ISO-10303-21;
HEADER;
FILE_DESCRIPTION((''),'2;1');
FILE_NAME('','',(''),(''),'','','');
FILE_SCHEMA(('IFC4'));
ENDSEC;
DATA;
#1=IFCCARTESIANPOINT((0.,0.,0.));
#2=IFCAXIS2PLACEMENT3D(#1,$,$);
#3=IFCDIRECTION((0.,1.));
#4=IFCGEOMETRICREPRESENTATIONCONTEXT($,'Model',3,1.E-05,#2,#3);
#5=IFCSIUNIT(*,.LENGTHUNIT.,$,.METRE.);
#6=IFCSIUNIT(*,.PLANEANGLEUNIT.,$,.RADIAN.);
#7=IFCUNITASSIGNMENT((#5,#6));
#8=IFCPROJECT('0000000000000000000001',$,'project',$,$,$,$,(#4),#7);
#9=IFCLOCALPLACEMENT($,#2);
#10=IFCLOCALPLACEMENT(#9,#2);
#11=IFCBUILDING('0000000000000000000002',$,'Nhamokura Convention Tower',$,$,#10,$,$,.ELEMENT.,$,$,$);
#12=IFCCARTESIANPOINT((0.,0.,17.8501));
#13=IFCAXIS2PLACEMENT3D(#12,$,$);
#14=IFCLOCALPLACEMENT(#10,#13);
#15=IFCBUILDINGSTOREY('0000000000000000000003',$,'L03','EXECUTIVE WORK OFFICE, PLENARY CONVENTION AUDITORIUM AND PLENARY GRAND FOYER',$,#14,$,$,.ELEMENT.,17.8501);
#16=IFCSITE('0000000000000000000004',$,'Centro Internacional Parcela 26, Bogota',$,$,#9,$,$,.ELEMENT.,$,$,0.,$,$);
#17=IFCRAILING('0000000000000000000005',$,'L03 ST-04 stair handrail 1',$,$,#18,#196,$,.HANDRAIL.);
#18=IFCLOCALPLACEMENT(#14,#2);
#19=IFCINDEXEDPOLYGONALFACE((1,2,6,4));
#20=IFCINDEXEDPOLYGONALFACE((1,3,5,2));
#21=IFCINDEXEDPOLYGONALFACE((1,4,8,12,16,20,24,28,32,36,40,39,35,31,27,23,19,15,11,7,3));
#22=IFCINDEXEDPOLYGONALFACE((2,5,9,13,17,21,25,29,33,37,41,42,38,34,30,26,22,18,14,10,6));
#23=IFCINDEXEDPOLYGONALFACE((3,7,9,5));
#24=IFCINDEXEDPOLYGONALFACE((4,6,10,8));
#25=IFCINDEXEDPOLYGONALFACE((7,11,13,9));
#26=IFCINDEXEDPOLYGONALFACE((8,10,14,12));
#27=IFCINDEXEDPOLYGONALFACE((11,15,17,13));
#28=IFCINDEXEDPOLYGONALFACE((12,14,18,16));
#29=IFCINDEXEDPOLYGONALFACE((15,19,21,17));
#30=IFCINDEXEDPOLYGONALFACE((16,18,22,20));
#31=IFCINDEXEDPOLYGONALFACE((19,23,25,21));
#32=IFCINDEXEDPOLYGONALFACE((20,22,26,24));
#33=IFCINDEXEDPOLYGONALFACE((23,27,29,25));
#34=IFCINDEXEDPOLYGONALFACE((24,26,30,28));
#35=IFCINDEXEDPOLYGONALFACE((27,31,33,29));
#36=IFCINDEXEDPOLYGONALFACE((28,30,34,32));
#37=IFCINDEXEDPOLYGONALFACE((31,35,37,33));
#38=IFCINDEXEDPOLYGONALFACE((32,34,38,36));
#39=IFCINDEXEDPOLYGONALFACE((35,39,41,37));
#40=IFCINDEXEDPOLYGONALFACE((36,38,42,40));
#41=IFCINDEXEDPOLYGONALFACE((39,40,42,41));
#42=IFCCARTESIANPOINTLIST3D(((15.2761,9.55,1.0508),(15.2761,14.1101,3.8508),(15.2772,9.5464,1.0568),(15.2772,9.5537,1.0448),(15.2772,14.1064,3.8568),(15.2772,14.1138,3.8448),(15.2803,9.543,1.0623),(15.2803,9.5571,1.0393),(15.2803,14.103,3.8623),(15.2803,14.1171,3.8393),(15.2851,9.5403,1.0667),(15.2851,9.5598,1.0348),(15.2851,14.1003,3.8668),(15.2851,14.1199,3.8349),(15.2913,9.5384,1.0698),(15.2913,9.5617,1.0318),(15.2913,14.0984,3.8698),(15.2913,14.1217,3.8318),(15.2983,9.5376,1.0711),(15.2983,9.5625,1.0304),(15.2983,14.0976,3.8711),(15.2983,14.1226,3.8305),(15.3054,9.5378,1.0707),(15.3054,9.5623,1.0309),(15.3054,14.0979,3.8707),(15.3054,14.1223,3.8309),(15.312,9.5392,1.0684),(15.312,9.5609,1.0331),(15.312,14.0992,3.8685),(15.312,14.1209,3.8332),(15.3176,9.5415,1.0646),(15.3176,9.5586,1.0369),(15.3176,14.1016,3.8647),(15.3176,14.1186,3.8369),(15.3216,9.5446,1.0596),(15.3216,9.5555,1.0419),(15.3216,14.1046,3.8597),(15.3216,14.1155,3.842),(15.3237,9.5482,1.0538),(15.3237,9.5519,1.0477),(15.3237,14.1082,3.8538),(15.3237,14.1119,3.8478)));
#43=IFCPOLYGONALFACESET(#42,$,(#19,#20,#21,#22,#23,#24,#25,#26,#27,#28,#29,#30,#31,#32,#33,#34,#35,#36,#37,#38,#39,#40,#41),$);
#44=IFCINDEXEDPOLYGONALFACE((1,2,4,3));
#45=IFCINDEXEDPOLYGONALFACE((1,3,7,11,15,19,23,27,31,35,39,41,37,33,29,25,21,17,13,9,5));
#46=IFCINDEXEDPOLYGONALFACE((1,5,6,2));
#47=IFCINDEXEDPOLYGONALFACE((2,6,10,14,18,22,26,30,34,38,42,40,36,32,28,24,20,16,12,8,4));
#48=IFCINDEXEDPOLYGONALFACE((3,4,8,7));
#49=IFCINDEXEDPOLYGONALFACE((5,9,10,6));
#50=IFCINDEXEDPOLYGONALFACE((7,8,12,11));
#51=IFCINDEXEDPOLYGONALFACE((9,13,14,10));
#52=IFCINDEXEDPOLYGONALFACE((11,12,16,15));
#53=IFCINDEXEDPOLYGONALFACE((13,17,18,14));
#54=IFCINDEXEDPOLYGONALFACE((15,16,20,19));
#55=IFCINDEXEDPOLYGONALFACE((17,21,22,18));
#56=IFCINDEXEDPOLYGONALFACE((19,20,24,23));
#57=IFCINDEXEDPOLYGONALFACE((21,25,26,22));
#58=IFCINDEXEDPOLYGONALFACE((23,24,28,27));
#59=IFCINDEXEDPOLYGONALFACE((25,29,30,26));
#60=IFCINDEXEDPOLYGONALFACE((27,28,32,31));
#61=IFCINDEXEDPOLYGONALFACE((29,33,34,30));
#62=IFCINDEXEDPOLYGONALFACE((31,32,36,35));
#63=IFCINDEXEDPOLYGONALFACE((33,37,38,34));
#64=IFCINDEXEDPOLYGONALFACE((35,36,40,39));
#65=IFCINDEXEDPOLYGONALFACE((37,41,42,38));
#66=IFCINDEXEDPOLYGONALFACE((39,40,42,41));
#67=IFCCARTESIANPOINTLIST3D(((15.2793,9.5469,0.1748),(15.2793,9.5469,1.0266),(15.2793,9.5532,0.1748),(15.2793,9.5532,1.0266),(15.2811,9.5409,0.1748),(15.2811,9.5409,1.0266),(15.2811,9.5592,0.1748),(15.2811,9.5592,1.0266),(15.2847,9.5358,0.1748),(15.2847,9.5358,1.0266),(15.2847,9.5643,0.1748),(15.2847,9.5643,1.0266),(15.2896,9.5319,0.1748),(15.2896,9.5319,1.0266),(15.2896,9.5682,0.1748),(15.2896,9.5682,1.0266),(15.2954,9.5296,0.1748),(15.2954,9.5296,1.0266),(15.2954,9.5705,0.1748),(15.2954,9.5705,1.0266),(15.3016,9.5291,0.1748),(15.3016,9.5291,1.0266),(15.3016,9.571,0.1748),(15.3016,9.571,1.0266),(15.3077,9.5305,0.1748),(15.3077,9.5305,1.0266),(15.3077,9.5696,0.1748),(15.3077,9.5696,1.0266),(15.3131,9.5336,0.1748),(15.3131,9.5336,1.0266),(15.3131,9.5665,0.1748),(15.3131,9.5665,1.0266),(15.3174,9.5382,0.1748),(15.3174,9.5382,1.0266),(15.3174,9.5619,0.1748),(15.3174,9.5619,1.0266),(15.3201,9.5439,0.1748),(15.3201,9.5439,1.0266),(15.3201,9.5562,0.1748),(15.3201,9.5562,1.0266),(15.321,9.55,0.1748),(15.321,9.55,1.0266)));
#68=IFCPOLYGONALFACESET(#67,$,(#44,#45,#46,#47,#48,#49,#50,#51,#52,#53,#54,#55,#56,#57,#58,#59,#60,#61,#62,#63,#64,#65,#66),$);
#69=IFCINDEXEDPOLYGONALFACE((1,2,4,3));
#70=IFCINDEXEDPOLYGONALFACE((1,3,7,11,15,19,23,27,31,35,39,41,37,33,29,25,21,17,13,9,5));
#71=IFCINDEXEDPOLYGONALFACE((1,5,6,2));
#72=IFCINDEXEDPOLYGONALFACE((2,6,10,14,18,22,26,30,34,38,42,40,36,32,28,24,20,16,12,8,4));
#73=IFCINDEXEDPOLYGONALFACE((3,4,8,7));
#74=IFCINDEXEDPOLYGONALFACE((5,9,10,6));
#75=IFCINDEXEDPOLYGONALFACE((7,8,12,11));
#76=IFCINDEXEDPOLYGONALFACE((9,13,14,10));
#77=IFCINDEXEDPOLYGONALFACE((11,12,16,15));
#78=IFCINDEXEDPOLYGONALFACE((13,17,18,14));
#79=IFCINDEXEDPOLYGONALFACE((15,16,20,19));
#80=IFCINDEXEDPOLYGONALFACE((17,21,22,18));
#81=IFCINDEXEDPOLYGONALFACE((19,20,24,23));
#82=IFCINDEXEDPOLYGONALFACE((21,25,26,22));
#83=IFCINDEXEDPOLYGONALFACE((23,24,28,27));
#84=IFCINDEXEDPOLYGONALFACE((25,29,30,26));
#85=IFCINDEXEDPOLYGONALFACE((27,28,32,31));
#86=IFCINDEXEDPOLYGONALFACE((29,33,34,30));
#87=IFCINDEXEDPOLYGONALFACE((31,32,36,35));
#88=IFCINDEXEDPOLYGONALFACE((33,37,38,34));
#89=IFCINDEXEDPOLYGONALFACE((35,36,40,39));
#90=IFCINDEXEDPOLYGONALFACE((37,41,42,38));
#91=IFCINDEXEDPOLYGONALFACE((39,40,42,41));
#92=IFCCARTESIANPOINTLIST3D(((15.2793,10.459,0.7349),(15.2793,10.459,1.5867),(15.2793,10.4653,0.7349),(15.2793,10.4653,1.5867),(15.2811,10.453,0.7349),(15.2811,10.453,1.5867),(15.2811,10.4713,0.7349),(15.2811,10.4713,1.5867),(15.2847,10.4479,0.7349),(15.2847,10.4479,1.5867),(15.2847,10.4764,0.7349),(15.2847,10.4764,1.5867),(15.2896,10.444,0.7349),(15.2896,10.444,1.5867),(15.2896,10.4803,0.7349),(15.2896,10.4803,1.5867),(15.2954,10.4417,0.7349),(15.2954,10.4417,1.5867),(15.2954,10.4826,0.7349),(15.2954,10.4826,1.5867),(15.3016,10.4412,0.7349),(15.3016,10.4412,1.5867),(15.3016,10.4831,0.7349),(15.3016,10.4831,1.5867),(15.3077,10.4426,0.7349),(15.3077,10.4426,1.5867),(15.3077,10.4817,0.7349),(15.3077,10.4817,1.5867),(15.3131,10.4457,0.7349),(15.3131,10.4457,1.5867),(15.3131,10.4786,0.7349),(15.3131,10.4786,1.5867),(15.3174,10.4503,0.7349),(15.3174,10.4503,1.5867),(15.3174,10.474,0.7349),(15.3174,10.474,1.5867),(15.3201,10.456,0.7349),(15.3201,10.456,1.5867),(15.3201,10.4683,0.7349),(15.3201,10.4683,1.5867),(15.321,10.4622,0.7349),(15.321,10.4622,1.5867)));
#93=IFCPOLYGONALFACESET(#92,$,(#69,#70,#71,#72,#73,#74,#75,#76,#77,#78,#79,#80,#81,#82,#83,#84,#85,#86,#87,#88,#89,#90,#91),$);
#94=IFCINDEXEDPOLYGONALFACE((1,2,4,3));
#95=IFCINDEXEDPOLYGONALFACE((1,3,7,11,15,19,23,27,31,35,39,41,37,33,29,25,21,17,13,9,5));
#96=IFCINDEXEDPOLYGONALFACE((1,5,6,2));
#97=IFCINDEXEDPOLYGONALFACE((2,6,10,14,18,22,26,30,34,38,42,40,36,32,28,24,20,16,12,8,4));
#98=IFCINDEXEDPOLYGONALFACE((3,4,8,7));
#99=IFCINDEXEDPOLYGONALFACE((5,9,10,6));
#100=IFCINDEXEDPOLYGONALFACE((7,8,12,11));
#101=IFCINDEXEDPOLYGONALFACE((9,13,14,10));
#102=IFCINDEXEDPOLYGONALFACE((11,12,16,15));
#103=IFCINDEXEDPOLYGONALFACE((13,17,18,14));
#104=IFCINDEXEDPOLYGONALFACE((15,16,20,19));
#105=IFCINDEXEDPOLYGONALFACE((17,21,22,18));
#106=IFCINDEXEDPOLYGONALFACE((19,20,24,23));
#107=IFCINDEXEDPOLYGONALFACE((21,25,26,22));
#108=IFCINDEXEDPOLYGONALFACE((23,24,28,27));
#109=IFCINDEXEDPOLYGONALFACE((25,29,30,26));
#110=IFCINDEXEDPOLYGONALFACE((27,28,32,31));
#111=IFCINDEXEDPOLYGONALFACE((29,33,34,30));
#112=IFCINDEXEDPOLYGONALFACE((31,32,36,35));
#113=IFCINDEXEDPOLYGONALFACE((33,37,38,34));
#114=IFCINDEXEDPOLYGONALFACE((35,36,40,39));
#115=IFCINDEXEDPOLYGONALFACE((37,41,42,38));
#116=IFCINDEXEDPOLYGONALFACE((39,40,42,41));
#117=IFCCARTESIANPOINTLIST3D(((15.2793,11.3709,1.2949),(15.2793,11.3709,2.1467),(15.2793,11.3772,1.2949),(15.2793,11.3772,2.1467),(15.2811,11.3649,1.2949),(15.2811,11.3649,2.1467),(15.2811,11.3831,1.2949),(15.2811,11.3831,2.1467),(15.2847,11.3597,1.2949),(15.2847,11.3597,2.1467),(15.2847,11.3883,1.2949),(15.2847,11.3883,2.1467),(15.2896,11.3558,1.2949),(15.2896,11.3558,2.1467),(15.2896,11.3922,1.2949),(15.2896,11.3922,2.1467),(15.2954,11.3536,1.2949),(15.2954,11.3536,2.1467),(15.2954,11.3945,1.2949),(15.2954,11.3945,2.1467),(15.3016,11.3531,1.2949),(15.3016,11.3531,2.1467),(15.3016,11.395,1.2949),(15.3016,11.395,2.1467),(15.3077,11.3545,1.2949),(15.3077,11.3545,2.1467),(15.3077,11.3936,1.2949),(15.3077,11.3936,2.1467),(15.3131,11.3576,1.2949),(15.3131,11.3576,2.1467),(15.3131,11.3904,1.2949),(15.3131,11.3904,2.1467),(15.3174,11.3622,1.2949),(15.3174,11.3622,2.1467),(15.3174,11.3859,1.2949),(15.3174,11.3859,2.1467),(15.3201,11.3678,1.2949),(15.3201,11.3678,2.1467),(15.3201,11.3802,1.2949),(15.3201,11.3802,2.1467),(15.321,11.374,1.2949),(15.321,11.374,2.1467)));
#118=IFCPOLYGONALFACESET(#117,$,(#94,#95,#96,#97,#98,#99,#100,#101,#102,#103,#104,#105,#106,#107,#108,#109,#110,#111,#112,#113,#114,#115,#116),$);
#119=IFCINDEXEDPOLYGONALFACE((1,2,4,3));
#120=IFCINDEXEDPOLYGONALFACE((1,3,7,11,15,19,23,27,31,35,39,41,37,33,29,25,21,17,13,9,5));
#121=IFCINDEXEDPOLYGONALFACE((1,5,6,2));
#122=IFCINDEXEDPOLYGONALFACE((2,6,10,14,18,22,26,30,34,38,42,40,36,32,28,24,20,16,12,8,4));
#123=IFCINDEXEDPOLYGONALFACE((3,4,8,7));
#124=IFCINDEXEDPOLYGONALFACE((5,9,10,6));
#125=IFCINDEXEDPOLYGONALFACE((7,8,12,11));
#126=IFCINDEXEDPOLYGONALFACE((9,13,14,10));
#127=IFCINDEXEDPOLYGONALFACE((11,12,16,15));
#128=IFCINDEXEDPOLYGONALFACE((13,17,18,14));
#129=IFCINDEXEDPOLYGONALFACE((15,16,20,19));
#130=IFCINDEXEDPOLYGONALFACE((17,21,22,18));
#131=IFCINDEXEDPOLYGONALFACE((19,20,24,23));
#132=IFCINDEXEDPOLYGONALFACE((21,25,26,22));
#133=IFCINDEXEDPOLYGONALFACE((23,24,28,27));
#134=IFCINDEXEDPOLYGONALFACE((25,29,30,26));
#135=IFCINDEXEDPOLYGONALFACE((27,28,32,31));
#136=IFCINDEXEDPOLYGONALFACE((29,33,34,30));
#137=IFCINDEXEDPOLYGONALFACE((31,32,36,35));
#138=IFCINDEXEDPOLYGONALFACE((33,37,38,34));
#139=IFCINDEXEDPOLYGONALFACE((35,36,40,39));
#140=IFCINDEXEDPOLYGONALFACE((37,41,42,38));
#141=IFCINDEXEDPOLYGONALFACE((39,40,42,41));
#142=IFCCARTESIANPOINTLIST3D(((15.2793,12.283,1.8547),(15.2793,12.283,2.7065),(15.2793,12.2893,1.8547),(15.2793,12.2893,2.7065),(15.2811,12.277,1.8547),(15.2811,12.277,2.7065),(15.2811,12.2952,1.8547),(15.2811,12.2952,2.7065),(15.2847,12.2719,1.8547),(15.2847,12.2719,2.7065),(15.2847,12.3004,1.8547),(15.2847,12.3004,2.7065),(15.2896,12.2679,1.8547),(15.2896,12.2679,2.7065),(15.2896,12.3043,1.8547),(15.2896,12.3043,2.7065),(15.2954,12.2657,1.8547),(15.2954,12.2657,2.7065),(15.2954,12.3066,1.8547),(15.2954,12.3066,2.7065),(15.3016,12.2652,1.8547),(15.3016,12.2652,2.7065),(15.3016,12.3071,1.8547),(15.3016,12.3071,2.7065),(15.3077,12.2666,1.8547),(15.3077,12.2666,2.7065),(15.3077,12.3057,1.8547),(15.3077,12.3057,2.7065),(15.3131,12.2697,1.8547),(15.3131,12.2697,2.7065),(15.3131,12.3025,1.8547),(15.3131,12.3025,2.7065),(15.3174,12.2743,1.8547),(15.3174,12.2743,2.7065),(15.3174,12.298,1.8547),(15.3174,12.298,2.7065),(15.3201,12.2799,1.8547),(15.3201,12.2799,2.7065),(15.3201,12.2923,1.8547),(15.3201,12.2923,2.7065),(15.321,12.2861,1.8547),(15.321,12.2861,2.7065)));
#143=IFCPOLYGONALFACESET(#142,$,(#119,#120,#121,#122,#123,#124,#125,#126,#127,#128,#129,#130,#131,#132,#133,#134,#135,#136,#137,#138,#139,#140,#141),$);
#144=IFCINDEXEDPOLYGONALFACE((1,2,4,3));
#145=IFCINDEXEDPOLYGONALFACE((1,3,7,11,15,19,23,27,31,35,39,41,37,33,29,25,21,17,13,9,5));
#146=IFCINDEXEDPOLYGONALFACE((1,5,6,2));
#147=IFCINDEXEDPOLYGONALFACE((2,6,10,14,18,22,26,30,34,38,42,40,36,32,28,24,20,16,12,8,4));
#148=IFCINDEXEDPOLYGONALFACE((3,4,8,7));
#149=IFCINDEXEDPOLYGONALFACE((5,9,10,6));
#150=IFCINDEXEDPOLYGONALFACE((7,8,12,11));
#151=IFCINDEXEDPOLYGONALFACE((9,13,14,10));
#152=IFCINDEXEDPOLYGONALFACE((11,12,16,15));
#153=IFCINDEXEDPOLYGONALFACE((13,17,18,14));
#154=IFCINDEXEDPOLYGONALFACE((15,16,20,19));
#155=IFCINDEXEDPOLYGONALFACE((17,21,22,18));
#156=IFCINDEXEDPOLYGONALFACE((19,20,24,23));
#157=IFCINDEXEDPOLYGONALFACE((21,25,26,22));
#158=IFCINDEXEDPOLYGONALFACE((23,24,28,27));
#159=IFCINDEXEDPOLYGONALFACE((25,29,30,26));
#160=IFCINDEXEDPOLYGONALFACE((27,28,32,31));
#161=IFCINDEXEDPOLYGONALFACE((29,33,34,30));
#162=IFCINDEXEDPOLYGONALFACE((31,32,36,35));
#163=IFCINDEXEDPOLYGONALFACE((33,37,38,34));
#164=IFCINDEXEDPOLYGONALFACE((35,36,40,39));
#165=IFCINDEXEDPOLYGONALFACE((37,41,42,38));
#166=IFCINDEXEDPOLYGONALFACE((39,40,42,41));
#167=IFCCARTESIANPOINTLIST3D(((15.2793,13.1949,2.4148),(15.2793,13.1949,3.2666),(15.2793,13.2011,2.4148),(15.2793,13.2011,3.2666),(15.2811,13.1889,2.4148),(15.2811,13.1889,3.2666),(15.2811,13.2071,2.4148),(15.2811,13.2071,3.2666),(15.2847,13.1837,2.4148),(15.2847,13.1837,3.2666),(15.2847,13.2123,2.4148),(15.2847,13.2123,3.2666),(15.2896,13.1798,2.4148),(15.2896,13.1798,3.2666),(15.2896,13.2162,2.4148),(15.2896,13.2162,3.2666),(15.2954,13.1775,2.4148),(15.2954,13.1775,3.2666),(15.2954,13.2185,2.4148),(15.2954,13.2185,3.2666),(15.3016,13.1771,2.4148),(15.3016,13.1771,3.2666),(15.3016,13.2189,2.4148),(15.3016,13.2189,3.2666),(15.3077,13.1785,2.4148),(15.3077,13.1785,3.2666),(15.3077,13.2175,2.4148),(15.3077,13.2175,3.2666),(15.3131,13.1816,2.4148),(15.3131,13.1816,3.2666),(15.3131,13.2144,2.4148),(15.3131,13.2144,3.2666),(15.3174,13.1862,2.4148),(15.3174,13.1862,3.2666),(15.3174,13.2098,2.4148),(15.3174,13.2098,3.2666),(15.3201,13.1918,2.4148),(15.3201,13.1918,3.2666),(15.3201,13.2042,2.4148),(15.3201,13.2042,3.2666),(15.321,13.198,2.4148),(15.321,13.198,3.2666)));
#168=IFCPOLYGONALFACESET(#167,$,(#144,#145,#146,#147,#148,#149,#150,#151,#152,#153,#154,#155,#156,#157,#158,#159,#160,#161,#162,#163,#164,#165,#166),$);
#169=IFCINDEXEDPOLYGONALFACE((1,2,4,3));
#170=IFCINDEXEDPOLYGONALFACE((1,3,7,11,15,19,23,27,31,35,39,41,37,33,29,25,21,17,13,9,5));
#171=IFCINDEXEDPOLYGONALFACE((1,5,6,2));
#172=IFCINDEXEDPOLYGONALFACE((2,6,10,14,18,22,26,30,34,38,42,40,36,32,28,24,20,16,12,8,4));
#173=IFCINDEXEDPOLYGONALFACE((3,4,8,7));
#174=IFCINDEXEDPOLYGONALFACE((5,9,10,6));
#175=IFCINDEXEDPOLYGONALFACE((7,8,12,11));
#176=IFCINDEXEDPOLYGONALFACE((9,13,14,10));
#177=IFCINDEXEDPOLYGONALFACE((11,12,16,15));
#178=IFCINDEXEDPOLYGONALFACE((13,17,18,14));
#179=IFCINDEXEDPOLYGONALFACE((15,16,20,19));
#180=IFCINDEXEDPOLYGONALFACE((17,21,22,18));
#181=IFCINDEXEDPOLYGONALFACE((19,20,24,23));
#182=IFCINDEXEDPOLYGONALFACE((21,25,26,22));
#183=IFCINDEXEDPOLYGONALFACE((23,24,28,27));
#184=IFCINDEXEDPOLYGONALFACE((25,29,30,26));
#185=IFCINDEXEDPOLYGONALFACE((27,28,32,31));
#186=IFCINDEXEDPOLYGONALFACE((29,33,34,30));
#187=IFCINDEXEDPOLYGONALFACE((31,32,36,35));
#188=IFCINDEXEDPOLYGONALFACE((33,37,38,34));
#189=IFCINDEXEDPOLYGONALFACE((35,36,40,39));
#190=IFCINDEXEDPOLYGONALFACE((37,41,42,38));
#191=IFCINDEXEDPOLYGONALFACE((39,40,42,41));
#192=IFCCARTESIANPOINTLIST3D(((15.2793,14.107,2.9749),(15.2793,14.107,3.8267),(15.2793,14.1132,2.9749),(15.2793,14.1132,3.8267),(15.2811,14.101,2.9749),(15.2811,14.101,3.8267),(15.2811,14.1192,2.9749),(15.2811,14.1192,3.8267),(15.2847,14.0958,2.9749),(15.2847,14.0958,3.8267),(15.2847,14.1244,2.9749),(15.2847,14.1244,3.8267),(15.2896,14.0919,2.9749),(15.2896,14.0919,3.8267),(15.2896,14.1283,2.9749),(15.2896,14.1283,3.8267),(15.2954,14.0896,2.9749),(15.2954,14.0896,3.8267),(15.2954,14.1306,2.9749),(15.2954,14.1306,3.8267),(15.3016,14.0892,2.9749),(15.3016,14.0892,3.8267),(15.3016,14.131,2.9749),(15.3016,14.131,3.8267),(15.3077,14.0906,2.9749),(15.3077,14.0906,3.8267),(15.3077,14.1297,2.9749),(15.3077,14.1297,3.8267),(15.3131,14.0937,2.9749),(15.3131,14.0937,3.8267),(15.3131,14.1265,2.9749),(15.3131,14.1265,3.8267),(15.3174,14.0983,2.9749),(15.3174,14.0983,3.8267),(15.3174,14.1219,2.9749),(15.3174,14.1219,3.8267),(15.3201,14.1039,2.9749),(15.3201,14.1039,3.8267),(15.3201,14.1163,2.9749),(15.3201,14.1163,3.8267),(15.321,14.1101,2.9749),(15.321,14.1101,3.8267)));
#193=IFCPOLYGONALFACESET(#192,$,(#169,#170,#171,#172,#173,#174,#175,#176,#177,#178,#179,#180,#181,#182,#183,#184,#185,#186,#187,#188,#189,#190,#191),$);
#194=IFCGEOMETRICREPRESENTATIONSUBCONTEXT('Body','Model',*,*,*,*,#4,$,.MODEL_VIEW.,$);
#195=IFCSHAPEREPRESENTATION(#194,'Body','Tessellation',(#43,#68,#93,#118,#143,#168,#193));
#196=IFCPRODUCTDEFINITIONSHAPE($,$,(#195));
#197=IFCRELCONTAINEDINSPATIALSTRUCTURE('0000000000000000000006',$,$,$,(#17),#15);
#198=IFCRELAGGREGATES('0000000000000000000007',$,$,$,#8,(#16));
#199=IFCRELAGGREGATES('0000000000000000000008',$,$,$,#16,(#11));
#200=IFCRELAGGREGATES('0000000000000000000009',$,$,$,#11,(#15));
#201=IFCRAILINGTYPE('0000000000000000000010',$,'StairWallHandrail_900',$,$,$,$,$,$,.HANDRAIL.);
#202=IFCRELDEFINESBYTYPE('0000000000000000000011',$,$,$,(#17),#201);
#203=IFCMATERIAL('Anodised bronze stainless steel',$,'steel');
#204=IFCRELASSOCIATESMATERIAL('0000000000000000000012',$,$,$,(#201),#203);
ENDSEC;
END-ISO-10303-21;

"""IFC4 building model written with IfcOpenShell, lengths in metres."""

from ifc_helpers import new_model, si_unit, direction, frame, origin, origin_2d, place, context, subcontext, project, spatial, circle, extrude, material, type_object, element, save


model = new_model("IFC4")

# Units and contexts
model_context = context("Model", 3, precision=1e-05, world=origin(), true_north=direction((0.0, 1.0)))
body_context = subcontext(model_context, "Body", "Model", "MODEL_VIEW")
ifc_project = project(units=[si_unit("LENGTHUNIT", "METRE"), si_unit("PLANEANGLEUNIT", "RADIAN")], contexts=[model_context])

# Site, building, storey
site_placement = place(None, origin())
site = spatial("IfcSite", under=ifc_project, at=site_placement, Name="Centro Internacional Parcela 26, Bogota", CompositionType="ELEMENT", RefElevation=0.0)
building_placement = place(site_placement, origin())
building = spatial("IfcBuilding", under=site, at=building_placement, Name="Nhamokura Convention Tower", CompositionType="ELEMENT")
storey_placement = place(building_placement, frame((0.0, 0.0, 17.8501)))
storey = spatial("IfcBuildingStorey", under=building, at=storey_placement, Name="L03", Description="EXECUTIVE WORK OFFICE, PLENARY CONVENTION AUDITORIUM AND PLENARY GRAND FOYER", CompositionType="ELEMENT", Elevation=17.8501)

# Railing
ifc_material_1 = material(Name="Anodised bronze stainless steel", Category="steel")
railing_type_1 = type_object("IfcRailingType", Name="StairWallHandrail_900", PredefinedType="HANDRAIL", material=ifc_material_1)
railing_1_placement = place(storey_placement, frame((15.3, 9.55, 0.1748)))
element("IfcRailing", 1, at=railing_1_placement, inside=storey, type_object=railing_type_1, Name="L03 ST-04 stair handrail 1", PredefinedType="HANDRAIL", context=body_context, shape_type="SweptSolid", body=[
    extrude(circle(Radius=0.0239, at=origin_2d()), frame((0.0, 0.0, 0.876), z_axis=(0.0, 0.85217, 0.523265), x_axis=(-1.0, 0.0, 0.0)), (0.0, 0.0, 1.0), 5.3511),
    extrude(circle(Radius=0.021, at=origin_2d()), origin(), (0.0, 0.0, 1.0), 0.8518),
    extrude(circle(Radius=0.021, at=origin_2d()), frame((0.0, 0.9121, 0.5601)), (0.0, 0.0, 1.0), 0.8518),
    extrude(circle(Radius=0.021, at=origin_2d()), frame((0.0, 1.824, 1.1201)), (0.0, 0.0, 1.0), 0.8518),
    extrude(circle(Radius=0.021, at=origin_2d()), frame((0.0, 2.7361, 1.6799)), (0.0, 0.0, 1.0), 0.8518),
    extrude(circle(Radius=0.021, at=origin_2d()), frame((0.0, 3.6479, 2.24)), (0.0, 0.0, 1.0), 0.8518),
    extrude(circle(Radius=0.021, at=origin_2d()), frame((0.0, 4.5601, 2.8)), (0.0, 0.0, 1.0), 0.8518),
])

save(model, "model.ifc")
